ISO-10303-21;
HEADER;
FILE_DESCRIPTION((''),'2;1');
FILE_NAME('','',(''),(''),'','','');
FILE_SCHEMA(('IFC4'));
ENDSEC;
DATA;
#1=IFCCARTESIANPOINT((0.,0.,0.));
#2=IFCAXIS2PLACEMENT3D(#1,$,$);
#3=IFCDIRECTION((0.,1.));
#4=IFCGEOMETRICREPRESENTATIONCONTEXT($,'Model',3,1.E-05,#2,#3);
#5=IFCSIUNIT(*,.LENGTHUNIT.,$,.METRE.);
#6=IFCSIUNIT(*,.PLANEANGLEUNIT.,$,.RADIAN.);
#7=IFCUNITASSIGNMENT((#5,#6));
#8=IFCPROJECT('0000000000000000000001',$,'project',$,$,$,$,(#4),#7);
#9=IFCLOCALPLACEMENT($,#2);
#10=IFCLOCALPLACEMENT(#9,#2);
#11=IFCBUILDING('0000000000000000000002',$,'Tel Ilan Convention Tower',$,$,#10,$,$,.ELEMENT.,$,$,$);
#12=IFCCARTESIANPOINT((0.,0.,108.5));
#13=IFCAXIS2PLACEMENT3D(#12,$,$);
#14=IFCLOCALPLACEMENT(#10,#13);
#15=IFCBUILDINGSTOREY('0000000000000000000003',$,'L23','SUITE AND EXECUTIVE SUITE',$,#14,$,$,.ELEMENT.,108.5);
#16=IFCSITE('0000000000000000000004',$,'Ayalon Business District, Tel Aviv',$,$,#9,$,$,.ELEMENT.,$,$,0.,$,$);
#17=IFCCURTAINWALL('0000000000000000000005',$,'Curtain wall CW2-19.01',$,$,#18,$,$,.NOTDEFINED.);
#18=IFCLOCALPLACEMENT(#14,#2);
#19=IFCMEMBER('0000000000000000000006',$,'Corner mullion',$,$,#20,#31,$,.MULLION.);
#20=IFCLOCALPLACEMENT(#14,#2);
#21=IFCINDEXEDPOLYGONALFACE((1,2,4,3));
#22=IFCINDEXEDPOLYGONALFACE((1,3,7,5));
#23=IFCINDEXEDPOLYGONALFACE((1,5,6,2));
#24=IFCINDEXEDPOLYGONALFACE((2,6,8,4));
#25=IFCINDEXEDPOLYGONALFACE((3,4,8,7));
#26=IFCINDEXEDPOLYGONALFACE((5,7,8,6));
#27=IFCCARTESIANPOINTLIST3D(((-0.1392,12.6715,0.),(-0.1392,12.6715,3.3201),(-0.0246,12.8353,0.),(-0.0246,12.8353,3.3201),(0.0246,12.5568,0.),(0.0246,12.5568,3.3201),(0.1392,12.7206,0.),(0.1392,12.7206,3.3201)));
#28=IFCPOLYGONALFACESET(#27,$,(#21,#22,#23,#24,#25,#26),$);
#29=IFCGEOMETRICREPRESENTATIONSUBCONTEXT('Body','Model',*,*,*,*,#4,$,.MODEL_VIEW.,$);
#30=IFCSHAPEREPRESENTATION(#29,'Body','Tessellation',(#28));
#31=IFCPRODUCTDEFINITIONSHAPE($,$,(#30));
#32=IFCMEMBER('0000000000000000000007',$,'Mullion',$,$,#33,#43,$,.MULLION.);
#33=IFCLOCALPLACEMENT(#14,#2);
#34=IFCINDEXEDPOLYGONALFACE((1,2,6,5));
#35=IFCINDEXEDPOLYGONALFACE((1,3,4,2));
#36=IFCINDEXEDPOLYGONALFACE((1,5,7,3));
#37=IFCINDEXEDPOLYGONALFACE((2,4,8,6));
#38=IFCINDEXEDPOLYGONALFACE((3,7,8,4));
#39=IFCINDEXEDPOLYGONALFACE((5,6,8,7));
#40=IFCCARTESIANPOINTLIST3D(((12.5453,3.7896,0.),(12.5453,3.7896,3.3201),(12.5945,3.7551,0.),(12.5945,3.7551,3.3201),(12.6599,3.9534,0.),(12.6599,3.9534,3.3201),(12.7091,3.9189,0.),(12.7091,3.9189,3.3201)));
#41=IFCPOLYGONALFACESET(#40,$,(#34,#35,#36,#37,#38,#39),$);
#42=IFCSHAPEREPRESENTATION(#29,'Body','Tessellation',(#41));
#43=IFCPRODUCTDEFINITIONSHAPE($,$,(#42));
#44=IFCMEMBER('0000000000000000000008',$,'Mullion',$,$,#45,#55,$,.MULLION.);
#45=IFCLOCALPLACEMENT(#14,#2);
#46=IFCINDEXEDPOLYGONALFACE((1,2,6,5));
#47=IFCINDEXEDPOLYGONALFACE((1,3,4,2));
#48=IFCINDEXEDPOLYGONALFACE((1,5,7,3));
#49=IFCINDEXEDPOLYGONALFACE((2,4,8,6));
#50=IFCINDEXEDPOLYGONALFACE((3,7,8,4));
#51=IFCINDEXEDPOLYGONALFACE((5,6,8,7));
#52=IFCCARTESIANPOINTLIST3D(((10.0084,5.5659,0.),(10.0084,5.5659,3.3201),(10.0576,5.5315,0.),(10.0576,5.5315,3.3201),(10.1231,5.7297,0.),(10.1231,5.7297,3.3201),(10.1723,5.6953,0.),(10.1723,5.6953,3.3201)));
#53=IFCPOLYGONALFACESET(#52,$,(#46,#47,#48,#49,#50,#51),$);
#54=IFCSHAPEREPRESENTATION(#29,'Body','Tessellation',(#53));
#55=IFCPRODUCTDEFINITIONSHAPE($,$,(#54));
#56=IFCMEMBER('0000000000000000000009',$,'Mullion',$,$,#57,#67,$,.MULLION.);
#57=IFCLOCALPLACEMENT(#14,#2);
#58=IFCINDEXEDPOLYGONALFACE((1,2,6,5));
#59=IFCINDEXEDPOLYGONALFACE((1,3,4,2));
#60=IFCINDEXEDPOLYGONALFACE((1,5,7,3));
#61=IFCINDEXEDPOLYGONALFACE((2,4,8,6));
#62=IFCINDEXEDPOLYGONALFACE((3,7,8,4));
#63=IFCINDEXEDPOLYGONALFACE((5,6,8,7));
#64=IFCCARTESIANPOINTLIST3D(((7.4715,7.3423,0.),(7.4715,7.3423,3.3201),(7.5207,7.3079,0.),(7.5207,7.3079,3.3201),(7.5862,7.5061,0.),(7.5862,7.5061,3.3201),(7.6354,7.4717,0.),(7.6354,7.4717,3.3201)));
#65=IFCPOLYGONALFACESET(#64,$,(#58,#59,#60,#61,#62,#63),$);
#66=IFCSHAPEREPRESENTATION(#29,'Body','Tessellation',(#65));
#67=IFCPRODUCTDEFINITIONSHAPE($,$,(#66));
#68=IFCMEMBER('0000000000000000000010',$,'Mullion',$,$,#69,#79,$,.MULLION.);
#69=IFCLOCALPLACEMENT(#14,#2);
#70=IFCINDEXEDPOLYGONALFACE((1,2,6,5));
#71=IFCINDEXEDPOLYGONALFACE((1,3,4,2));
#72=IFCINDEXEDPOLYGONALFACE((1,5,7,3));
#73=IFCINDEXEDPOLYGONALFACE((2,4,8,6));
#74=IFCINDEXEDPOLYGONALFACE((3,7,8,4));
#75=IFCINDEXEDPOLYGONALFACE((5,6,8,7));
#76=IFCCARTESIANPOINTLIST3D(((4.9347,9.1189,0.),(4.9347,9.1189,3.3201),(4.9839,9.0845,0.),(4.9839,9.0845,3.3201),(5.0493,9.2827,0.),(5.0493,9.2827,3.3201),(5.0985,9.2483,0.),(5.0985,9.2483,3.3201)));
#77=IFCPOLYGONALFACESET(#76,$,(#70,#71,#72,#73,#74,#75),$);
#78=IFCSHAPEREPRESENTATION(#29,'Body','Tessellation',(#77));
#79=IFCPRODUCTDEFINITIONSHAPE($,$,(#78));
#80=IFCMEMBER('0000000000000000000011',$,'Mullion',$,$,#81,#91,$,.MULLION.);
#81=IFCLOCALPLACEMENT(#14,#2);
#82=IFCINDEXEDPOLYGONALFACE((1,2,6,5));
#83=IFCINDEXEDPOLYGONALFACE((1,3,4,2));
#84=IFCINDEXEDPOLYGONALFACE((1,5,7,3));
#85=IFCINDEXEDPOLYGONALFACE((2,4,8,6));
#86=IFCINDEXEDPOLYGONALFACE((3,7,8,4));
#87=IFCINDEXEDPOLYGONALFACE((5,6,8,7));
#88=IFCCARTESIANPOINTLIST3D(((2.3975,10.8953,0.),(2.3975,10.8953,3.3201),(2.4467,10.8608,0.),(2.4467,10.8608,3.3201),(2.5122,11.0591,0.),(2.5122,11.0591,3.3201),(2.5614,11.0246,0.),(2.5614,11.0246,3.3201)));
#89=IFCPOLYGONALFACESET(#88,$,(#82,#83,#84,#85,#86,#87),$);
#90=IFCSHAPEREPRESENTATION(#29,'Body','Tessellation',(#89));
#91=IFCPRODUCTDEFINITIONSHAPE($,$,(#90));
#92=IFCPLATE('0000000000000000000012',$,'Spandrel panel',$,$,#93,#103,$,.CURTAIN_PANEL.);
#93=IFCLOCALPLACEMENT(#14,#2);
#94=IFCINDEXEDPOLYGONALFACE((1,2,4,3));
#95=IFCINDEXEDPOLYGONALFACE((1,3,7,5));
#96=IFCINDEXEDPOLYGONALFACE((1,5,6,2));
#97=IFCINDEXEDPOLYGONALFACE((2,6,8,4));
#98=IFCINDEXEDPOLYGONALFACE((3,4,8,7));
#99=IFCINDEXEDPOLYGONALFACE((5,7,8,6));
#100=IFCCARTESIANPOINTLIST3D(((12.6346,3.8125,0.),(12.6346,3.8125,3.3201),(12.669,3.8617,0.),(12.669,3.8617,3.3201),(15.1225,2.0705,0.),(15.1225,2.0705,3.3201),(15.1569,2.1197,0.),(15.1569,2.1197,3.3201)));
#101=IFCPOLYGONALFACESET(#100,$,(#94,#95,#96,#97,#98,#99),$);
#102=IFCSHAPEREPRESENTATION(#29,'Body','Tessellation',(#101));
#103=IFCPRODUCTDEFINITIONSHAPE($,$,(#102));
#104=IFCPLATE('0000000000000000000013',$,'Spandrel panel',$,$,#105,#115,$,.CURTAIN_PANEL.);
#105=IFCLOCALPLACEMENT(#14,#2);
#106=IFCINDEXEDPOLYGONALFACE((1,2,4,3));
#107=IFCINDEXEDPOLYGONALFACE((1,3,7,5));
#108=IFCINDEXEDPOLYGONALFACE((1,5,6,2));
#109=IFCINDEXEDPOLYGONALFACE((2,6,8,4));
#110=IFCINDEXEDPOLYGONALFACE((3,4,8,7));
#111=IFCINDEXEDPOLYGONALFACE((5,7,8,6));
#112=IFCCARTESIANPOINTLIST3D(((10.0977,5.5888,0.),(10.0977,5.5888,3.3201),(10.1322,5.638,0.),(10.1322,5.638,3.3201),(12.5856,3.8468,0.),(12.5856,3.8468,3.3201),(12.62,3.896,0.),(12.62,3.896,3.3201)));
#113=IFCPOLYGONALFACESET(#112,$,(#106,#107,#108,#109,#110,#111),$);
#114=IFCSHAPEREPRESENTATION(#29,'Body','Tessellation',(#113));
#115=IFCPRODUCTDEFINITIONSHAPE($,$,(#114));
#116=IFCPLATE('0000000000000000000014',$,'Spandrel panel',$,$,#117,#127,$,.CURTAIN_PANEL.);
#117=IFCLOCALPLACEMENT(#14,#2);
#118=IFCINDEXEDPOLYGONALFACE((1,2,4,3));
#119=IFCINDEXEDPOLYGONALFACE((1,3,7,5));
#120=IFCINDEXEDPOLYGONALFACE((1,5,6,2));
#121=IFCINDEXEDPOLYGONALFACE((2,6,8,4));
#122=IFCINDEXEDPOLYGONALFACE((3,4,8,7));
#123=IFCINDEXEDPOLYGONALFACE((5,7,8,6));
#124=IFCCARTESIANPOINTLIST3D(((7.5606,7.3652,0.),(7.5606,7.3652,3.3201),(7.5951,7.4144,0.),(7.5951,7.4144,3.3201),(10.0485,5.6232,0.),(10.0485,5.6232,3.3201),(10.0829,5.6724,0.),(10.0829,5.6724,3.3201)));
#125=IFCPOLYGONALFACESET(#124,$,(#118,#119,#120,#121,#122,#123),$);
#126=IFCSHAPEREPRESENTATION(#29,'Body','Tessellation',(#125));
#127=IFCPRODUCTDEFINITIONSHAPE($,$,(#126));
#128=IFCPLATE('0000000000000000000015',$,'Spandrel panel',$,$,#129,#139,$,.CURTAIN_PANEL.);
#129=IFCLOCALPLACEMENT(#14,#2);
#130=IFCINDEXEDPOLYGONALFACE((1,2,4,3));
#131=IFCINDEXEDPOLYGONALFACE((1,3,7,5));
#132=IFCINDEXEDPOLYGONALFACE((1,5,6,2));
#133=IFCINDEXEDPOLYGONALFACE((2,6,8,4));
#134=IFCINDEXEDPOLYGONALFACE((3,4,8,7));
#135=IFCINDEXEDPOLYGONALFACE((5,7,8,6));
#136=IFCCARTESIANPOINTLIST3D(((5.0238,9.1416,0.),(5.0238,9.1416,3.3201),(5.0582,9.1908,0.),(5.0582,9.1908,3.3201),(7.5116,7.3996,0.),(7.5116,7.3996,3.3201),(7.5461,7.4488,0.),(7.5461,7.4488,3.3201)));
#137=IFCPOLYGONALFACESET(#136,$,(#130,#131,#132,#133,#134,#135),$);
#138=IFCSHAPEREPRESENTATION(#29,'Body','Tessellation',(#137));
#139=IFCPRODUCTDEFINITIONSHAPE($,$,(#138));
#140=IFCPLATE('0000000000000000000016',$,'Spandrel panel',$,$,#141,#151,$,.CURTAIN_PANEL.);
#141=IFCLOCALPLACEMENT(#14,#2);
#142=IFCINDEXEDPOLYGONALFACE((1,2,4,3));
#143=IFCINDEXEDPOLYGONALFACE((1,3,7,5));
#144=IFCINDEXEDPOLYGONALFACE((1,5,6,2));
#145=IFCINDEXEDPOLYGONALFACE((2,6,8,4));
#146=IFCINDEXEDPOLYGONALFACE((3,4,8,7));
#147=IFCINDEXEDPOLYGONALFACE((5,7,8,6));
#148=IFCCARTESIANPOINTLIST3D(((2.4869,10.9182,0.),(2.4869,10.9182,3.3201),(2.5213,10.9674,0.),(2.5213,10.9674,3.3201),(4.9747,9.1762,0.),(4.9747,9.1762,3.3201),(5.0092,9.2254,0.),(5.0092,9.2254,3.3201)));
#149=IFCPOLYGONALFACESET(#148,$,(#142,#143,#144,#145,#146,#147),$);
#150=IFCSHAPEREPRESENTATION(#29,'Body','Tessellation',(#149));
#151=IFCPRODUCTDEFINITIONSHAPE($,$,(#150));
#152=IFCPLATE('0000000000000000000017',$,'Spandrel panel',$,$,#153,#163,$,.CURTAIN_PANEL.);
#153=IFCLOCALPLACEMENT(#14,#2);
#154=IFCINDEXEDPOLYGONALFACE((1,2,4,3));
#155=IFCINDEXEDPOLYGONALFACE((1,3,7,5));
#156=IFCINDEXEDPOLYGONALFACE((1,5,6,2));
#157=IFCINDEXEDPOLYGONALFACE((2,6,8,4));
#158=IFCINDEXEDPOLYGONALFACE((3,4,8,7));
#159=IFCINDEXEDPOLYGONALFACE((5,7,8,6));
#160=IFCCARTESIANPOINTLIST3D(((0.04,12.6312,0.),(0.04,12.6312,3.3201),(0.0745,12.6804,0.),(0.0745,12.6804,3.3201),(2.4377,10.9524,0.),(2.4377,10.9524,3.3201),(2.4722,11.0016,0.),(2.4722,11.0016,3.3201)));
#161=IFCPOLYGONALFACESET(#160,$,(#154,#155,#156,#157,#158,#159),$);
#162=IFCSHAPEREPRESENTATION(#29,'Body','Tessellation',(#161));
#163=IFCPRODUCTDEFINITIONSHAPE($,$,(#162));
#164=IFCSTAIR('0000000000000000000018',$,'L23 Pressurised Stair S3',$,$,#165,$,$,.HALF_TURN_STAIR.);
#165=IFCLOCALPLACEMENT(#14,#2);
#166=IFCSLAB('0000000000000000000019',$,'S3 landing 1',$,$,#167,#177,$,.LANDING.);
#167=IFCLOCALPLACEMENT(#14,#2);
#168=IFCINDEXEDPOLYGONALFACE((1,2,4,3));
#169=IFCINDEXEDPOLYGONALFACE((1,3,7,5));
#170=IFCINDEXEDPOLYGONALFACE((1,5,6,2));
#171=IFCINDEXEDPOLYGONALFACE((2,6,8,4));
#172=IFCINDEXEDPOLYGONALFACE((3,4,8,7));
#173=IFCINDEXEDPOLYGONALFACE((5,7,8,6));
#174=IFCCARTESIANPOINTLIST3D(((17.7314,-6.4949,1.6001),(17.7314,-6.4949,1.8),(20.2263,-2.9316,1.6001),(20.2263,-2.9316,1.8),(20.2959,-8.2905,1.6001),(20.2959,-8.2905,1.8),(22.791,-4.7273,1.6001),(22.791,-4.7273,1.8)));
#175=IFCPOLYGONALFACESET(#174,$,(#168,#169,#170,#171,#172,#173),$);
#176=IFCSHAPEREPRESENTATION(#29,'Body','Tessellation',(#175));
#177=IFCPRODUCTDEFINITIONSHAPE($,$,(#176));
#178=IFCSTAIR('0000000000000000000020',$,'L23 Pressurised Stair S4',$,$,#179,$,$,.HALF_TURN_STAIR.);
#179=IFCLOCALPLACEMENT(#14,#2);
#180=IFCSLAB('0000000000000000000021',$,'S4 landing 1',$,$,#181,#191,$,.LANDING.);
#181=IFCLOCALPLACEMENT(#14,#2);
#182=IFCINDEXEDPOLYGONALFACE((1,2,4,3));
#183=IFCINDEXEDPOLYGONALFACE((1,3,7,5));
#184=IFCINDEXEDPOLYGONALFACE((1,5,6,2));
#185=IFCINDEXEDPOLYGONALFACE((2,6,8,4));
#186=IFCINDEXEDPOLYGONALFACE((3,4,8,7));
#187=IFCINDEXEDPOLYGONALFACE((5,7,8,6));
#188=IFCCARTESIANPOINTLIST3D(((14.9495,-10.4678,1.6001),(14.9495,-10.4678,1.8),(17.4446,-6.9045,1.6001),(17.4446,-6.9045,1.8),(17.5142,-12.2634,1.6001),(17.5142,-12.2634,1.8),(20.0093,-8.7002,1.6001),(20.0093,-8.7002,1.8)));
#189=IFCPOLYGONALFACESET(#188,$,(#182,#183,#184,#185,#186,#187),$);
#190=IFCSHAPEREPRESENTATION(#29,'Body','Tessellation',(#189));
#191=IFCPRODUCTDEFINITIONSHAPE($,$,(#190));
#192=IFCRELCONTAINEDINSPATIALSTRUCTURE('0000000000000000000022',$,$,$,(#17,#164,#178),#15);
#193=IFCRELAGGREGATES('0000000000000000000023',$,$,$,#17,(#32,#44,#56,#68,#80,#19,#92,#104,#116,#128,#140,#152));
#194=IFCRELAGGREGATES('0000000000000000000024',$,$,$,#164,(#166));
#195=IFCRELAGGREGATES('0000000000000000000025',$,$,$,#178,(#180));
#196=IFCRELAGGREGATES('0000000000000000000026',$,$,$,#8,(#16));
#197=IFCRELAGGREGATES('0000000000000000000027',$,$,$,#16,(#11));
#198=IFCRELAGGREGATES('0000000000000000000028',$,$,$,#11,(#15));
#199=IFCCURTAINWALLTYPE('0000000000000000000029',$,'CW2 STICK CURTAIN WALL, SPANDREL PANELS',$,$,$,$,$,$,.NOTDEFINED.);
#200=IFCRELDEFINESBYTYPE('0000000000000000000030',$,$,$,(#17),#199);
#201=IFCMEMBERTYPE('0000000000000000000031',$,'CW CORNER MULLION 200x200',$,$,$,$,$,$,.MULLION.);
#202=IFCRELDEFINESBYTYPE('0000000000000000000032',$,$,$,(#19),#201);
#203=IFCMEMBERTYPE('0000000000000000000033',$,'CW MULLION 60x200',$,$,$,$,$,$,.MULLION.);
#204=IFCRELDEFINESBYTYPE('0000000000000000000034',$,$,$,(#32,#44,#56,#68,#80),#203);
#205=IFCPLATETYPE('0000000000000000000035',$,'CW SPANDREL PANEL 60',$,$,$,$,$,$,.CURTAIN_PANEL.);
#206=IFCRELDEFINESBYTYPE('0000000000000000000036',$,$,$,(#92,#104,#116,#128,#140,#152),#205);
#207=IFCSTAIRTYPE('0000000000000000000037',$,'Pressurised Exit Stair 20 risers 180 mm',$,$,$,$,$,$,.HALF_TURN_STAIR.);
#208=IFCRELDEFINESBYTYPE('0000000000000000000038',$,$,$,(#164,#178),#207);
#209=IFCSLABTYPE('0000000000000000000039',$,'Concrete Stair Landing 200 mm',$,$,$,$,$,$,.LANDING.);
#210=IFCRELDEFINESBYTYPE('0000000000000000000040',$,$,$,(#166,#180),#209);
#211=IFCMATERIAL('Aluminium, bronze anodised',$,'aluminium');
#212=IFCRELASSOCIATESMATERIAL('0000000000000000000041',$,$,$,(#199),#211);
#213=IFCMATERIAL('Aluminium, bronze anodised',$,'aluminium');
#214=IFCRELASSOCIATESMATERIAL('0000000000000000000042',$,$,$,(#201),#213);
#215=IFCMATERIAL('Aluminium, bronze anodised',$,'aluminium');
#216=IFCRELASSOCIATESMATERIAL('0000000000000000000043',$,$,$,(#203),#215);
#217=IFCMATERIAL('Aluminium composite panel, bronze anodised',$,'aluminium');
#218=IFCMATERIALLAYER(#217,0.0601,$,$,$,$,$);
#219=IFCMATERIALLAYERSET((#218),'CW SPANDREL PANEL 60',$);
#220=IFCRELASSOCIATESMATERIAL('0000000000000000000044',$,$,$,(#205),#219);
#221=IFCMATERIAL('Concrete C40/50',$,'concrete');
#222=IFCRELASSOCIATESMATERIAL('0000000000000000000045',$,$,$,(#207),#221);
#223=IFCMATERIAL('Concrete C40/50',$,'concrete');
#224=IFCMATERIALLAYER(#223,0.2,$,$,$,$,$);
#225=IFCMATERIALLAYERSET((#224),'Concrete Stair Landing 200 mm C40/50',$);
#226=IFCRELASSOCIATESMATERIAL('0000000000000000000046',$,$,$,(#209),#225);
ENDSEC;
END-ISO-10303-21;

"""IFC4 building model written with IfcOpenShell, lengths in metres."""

from ifc_helpers import new_model, si_unit, direction, frame, origin, origin_2d, place, context, subcontext, project, spatial, polyline, rectangle, outline, extrude, material, layer, layer_set, material_profile, profile_set, type_object, element, aggregate, save


model = new_model("IFC4")

# Units and contexts
model_context = context("Model", 3, precision=1e-05, world=origin(), true_north=direction((0.0, 1.0)))
body_context = subcontext(model_context, "Body", "Model", "MODEL_VIEW")
ifc_project = project(units=[si_unit("LENGTHUNIT", "METRE"), si_unit("PLANEANGLEUNIT", "RADIAN")], contexts=[model_context])

# Site, building, storey
site_placement = place(None, origin())
site = spatial("IfcSite", under=ifc_project, at=site_placement, Name="Ayalon Business District, Tel Aviv", CompositionType="ELEMENT", RefElevation=0.0)
building_placement = place(site_placement, origin())
building = spatial("IfcBuilding", under=site, at=building_placement, Name="Tel Ilan Convention Tower", CompositionType="ELEMENT")
storey_placement = place(building_placement, frame((0.0, 0.0, 108.5)))
storey = spatial("IfcBuildingStorey", under=building, at=storey_placement, Name="L23", Description="SUITE AND EXECUTIVE SUITE", CompositionType="ELEMENT", Elevation=108.5)

# Curtain wall, members, plates
ifc_material_1 = material(Name="Aluminium, bronze anodised", Category="aluminium")
curtain_wall_type = type_object("IfcCurtainWallType", Name="CW2 STICK CURTAIN WALL, SPANDREL PANELS", PredefinedType="NOTDEFINED", material=ifc_material_1)
curtain_wall_placement = place(storey_placement, origin())
curtain_wall = element("IfcCurtainWall", 1, at=curtain_wall_placement, inside=storey, type_object=curtain_wall_type, Name="Curtain wall CW2-19.01", PredefinedType="NOTDEFINED")
ifc_material_2 = material(Name="Aluminium, bronze anodised", Category="aluminium")
ifc_material_profile_1 = material_profile(ifc_material_2, rectangle(XDim=0.2, YDim=0.2, at=origin_2d()), Name="CW CORNER MULLION 200x200")
ifc_profile_set_1 = profile_set([ifc_material_profile_1], Name="Aluminium, bronze anodised")
member_type_1 = type_object("IfcMemberType", Name="CW CORNER MULLION 200x200", PredefinedType="MULLION", material=ifc_profile_set_1)
member_1_placement = place(storey_placement, frame((0.0, 12.696, 0.0), z_axis=(0.0, 0.0, 1.0), x_axis=(-0.819152, 0.573576, 0.0)))
member_1 = element("IfcMember", 2, at=member_1_placement, type_object=member_type_1, Name="Corner mullion", PredefinedType="MULLION", context=body_context, shape_type="SweptSolid", body=[
    extrude(rectangle(XDim=0.2, YDim=0.2, at=origin_2d()), origin(), (0.0, 0.0, 1.0), 3.3201),
])
ifc_material_3 = material(Name="Aluminium, bronze anodised", Category="aluminium")
ifc_material_profile_2 = material_profile(ifc_material_3, rectangle(XDim=0.0601, YDim=0.2, at=origin_2d()), Name="CW MULLION 60x200")
ifc_profile_set_2 = profile_set([ifc_material_profile_2], Name="Aluminium, bronze anodised")
member_type_2 = type_object("IfcMemberType", Name="CW MULLION 60x200", PredefinedType="MULLION", material=ifc_profile_set_2)
member_2_placement = place(storey_placement, frame((12.6272, 3.8542, 0.0), z_axis=(0.0, 0.0, 1.0), x_axis=(-0.819152, 0.573576, 0.0)))
member_2 = element("IfcMember", 3, at=member_2_placement, type_object=member_type_2, Name="Mullion", PredefinedType="MULLION", context=body_context, shape_type="SweptSolid", body=[
    extrude(rectangle(XDim=0.0601, YDim=0.2, at=origin_2d()), origin(), (0.0, 0.0, 1.0), 3.3201),
])
member_3_placement = place(storey_placement, frame((10.0903, 5.6306, 0.0), z_axis=(0.0, 0.0, 1.0), x_axis=(-0.819152, 0.573576, 0.0)))
member_3 = element("IfcMember", 4, at=member_3_placement, type_object=member_type_2, Name="Mullion", PredefinedType="MULLION", context=body_context, shape_type="SweptSolid", body=[
    extrude(rectangle(XDim=0.0601, YDim=0.2, at=origin_2d()), origin(), (0.0, 0.0, 1.0), 3.3201),
])
member_4_placement = place(storey_placement, frame((7.5535, 7.407, 0.0), z_axis=(0.0, 0.0, 1.0), x_axis=(-0.819152, 0.573576, 0.0)))
member_4 = element("IfcMember", 5, at=member_4_placement, type_object=member_type_2, Name="Mullion", PredefinedType="MULLION", context=body_context, shape_type="SweptSolid", body=[
    extrude(rectangle(XDim=0.0601, YDim=0.2, at=origin_2d()), origin(), (0.0, 0.0, 1.0), 3.3201),
])
member_5_placement = place(storey_placement, frame((5.0166, 9.1836, 0.0), z_axis=(0.0, 0.0, 1.0), x_axis=(-0.819152, 0.573576, 0.0)))
member_5 = element("IfcMember", 6, at=member_5_placement, type_object=member_type_2, Name="Mullion", PredefinedType="MULLION", context=body_context, shape_type="SweptSolid", body=[
    extrude(rectangle(XDim=0.0601, YDim=0.2, at=origin_2d()), origin(), (0.0, 0.0, 1.0), 3.3201),
])
member_6_placement = place(storey_placement, frame((2.4795, 10.96, 0.0), z_axis=(0.0, 0.0, 1.0), x_axis=(-0.819152, 0.573576, 0.0)))
member_6 = element("IfcMember", 7, at=member_6_placement, type_object=member_type_2, Name="Mullion", PredefinedType="MULLION", context=body_context, shape_type="SweptSolid", body=[
    extrude(rectangle(XDim=0.0601, YDim=0.2, at=origin_2d()), origin(), (0.0, 0.0, 1.0), 3.3201),
])
ifc_material_4 = material(Name="Aluminium composite panel, bronze anodised", Category="aluminium")
ifc_layer_1 = layer(ifc_material_4, 0.0601)
ifc_layer_set_1 = layer_set([ifc_layer_1], Name="CW SPANDREL PANEL 60")
plate_type = type_object("IfcPlateType", Name="CW SPANDREL PANEL 60", PredefinedType="CURTAIN_PANEL", material=ifc_layer_set_1)
plate_1_placement = place(storey_placement, frame((13.8958, 2.9661, 0.0), z_axis=(0.0, 0.0, 1.0), x_axis=(-0.819152, 0.573576, 0.0)))
plate_1 = element("IfcPlate", 8, at=plate_1_placement, type_object=plate_type, Name="Spandrel panel", PredefinedType="CURTAIN_PANEL", context=body_context, shape_type="SweptSolid", body=[
    extrude(rectangle(XDim=3.0371, YDim=0.0601, at=origin_2d()), origin(), (0.0, 0.0, 1.0), 3.3201),
])
plate_2_placement = place(storey_placement, frame((11.3589, 4.7424, 0.0), z_axis=(0.0, 0.0, 1.0), x_axis=(-0.819152, 0.573576, 0.0)))
plate_2 = element("IfcPlate", 9, at=plate_2_placement, type_object=plate_type, Name="Spandrel panel", PredefinedType="CURTAIN_PANEL", context=body_context, shape_type="SweptSolid", body=[
    extrude(rectangle(XDim=3.0371, YDim=0.0601, at=origin_2d()), origin(), (0.0, 0.0, 1.0), 3.3201),
])
plate_3_placement = place(storey_placement, frame((8.8218, 6.5188, 0.0), z_axis=(0.0, 0.0, 1.0), x_axis=(-0.819152, 0.573576, 0.0)))
plate_3 = element("IfcPlate", 10, at=plate_3_placement, type_object=plate_type, Name="Spandrel panel", PredefinedType="CURTAIN_PANEL", context=body_context, shape_type="SweptSolid", body=[
    extrude(rectangle(XDim=3.0371, YDim=0.0601, at=origin_2d()), origin(), (0.0, 0.0, 1.0), 3.3201),
])
plate_4_placement = place(storey_placement, frame((6.2849, 8.2952, 0.0), z_axis=(0.0, 0.0, 1.0), x_axis=(-0.819152, 0.573576, 0.0)))
plate_4 = element("IfcPlate", 11, at=plate_4_placement, type_object=plate_type, Name="Spandrel panel", PredefinedType="CURTAIN_PANEL", context=body_context, shape_type="SweptSolid", body=[
    extrude(rectangle(XDim=3.0371, YDim=0.0601, at=origin_2d()), origin(), (0.0, 0.0, 1.0), 3.3201),
])
plate_5_placement = place(storey_placement, frame((3.748, 10.0718, 0.0), z_axis=(0.0, 0.0, 1.0), x_axis=(-0.819152, 0.573576, 0.0)))
plate_5 = element("IfcPlate", 12, at=plate_5_placement, type_object=plate_type, Name="Spandrel panel", PredefinedType="CURTAIN_PANEL", context=body_context, shape_type="SweptSolid", body=[
    extrude(rectangle(XDim=3.0371, YDim=0.0601, at=origin_2d()), origin(), (0.0, 0.0, 1.0), 3.3201),
])
plate_6_placement = place(storey_placement, frame((1.2561, 11.8164, 0.0), z_axis=(0.0, 0.0, 1.0), x_axis=(-0.819152, 0.573576, 0.0)))
plate_6 = element("IfcPlate", 13, at=plate_6_placement, type_object=plate_type, Name="Spandrel panel", PredefinedType="CURTAIN_PANEL", context=body_context, shape_type="SweptSolid", body=[
    extrude(rectangle(XDim=2.927, YDim=0.0601, at=origin_2d()), origin(), (0.0, 0.0, 1.0), 3.3201),
])
aggregate(curtain_wall, [member_2, member_3, member_4, member_5, member_6, member_1, plate_1, plate_2, plate_3, plate_4, plate_5, plate_6])

# Stairs, slabs
ifc_material_5 = material(Name="Concrete C40/50", Category="concrete")
stair_type = type_object("IfcStairType", Name="Pressurised Exit Stair 20 risers 180 mm", PredefinedType="HALF_TURN_STAIR", material=ifc_material_5)
stair_1_placement = place(storey_placement, origin())
stair_1 = element("IfcStair", 14, at=stair_1_placement, inside=storey, type_object=stair_type, Name="L23 Pressurised Stair S3", PredefinedType="HALF_TURN_STAIR")
ifc_material_6 = material(Name="Concrete C40/50", Category="concrete")
ifc_layer_2 = layer(ifc_material_6, 0.2)
ifc_layer_set_2 = layer_set([ifc_layer_2], Name="Concrete Stair Landing 200 mm C40/50")
slab_type_1 = type_object("IfcSlabType", Name="Concrete Stair Landing 200 mm", PredefinedType="LANDING", material=ifc_layer_set_2)
slab_1_placement = place(storey_placement, frame((0.0, 0.0, 1.6001)))
slab_1 = element("IfcSlab", 15, at=slab_1_placement, type_object=slab_type_1, Name="S3 landing 1", PredefinedType="LANDING", context=body_context, shape_type="SweptSolid", body=[
    extrude(outline(polyline([(22.791, -4.7273), (20.2263, -2.9316), (17.7314, -6.4949), (20.2959, -8.2905), (22.791, -4.7273)])), origin(), (0.0, 0.0, 1.0), 0.2),
])
aggregate(stair_1, [slab_1])
stair_2_placement = place(storey_placement, origin())
stair_2 = element("IfcStair", 16, at=stair_2_placement, inside=storey, type_object=stair_type, Name="L23 Pressurised Stair S4", PredefinedType="HALF_TURN_STAIR")
slab_2_placement = place(storey_placement, frame((0.0, 0.0, 1.6001)))
slab_2 = element("IfcSlab", 17, at=slab_2_placement, type_object=slab_type_1, Name="S4 landing 1", PredefinedType="LANDING", context=body_context, shape_type="SweptSolid", body=[
    extrude(outline(polyline([(20.0093, -8.7002), (17.4446, -6.9045), (14.9495, -10.4678), (17.5142, -12.2634), (20.0093, -8.7002)])), origin(), (0.0, 0.0, 1.0), 0.2),
])
aggregate(stair_2, [slab_2])

save(model, "model.ifc")
